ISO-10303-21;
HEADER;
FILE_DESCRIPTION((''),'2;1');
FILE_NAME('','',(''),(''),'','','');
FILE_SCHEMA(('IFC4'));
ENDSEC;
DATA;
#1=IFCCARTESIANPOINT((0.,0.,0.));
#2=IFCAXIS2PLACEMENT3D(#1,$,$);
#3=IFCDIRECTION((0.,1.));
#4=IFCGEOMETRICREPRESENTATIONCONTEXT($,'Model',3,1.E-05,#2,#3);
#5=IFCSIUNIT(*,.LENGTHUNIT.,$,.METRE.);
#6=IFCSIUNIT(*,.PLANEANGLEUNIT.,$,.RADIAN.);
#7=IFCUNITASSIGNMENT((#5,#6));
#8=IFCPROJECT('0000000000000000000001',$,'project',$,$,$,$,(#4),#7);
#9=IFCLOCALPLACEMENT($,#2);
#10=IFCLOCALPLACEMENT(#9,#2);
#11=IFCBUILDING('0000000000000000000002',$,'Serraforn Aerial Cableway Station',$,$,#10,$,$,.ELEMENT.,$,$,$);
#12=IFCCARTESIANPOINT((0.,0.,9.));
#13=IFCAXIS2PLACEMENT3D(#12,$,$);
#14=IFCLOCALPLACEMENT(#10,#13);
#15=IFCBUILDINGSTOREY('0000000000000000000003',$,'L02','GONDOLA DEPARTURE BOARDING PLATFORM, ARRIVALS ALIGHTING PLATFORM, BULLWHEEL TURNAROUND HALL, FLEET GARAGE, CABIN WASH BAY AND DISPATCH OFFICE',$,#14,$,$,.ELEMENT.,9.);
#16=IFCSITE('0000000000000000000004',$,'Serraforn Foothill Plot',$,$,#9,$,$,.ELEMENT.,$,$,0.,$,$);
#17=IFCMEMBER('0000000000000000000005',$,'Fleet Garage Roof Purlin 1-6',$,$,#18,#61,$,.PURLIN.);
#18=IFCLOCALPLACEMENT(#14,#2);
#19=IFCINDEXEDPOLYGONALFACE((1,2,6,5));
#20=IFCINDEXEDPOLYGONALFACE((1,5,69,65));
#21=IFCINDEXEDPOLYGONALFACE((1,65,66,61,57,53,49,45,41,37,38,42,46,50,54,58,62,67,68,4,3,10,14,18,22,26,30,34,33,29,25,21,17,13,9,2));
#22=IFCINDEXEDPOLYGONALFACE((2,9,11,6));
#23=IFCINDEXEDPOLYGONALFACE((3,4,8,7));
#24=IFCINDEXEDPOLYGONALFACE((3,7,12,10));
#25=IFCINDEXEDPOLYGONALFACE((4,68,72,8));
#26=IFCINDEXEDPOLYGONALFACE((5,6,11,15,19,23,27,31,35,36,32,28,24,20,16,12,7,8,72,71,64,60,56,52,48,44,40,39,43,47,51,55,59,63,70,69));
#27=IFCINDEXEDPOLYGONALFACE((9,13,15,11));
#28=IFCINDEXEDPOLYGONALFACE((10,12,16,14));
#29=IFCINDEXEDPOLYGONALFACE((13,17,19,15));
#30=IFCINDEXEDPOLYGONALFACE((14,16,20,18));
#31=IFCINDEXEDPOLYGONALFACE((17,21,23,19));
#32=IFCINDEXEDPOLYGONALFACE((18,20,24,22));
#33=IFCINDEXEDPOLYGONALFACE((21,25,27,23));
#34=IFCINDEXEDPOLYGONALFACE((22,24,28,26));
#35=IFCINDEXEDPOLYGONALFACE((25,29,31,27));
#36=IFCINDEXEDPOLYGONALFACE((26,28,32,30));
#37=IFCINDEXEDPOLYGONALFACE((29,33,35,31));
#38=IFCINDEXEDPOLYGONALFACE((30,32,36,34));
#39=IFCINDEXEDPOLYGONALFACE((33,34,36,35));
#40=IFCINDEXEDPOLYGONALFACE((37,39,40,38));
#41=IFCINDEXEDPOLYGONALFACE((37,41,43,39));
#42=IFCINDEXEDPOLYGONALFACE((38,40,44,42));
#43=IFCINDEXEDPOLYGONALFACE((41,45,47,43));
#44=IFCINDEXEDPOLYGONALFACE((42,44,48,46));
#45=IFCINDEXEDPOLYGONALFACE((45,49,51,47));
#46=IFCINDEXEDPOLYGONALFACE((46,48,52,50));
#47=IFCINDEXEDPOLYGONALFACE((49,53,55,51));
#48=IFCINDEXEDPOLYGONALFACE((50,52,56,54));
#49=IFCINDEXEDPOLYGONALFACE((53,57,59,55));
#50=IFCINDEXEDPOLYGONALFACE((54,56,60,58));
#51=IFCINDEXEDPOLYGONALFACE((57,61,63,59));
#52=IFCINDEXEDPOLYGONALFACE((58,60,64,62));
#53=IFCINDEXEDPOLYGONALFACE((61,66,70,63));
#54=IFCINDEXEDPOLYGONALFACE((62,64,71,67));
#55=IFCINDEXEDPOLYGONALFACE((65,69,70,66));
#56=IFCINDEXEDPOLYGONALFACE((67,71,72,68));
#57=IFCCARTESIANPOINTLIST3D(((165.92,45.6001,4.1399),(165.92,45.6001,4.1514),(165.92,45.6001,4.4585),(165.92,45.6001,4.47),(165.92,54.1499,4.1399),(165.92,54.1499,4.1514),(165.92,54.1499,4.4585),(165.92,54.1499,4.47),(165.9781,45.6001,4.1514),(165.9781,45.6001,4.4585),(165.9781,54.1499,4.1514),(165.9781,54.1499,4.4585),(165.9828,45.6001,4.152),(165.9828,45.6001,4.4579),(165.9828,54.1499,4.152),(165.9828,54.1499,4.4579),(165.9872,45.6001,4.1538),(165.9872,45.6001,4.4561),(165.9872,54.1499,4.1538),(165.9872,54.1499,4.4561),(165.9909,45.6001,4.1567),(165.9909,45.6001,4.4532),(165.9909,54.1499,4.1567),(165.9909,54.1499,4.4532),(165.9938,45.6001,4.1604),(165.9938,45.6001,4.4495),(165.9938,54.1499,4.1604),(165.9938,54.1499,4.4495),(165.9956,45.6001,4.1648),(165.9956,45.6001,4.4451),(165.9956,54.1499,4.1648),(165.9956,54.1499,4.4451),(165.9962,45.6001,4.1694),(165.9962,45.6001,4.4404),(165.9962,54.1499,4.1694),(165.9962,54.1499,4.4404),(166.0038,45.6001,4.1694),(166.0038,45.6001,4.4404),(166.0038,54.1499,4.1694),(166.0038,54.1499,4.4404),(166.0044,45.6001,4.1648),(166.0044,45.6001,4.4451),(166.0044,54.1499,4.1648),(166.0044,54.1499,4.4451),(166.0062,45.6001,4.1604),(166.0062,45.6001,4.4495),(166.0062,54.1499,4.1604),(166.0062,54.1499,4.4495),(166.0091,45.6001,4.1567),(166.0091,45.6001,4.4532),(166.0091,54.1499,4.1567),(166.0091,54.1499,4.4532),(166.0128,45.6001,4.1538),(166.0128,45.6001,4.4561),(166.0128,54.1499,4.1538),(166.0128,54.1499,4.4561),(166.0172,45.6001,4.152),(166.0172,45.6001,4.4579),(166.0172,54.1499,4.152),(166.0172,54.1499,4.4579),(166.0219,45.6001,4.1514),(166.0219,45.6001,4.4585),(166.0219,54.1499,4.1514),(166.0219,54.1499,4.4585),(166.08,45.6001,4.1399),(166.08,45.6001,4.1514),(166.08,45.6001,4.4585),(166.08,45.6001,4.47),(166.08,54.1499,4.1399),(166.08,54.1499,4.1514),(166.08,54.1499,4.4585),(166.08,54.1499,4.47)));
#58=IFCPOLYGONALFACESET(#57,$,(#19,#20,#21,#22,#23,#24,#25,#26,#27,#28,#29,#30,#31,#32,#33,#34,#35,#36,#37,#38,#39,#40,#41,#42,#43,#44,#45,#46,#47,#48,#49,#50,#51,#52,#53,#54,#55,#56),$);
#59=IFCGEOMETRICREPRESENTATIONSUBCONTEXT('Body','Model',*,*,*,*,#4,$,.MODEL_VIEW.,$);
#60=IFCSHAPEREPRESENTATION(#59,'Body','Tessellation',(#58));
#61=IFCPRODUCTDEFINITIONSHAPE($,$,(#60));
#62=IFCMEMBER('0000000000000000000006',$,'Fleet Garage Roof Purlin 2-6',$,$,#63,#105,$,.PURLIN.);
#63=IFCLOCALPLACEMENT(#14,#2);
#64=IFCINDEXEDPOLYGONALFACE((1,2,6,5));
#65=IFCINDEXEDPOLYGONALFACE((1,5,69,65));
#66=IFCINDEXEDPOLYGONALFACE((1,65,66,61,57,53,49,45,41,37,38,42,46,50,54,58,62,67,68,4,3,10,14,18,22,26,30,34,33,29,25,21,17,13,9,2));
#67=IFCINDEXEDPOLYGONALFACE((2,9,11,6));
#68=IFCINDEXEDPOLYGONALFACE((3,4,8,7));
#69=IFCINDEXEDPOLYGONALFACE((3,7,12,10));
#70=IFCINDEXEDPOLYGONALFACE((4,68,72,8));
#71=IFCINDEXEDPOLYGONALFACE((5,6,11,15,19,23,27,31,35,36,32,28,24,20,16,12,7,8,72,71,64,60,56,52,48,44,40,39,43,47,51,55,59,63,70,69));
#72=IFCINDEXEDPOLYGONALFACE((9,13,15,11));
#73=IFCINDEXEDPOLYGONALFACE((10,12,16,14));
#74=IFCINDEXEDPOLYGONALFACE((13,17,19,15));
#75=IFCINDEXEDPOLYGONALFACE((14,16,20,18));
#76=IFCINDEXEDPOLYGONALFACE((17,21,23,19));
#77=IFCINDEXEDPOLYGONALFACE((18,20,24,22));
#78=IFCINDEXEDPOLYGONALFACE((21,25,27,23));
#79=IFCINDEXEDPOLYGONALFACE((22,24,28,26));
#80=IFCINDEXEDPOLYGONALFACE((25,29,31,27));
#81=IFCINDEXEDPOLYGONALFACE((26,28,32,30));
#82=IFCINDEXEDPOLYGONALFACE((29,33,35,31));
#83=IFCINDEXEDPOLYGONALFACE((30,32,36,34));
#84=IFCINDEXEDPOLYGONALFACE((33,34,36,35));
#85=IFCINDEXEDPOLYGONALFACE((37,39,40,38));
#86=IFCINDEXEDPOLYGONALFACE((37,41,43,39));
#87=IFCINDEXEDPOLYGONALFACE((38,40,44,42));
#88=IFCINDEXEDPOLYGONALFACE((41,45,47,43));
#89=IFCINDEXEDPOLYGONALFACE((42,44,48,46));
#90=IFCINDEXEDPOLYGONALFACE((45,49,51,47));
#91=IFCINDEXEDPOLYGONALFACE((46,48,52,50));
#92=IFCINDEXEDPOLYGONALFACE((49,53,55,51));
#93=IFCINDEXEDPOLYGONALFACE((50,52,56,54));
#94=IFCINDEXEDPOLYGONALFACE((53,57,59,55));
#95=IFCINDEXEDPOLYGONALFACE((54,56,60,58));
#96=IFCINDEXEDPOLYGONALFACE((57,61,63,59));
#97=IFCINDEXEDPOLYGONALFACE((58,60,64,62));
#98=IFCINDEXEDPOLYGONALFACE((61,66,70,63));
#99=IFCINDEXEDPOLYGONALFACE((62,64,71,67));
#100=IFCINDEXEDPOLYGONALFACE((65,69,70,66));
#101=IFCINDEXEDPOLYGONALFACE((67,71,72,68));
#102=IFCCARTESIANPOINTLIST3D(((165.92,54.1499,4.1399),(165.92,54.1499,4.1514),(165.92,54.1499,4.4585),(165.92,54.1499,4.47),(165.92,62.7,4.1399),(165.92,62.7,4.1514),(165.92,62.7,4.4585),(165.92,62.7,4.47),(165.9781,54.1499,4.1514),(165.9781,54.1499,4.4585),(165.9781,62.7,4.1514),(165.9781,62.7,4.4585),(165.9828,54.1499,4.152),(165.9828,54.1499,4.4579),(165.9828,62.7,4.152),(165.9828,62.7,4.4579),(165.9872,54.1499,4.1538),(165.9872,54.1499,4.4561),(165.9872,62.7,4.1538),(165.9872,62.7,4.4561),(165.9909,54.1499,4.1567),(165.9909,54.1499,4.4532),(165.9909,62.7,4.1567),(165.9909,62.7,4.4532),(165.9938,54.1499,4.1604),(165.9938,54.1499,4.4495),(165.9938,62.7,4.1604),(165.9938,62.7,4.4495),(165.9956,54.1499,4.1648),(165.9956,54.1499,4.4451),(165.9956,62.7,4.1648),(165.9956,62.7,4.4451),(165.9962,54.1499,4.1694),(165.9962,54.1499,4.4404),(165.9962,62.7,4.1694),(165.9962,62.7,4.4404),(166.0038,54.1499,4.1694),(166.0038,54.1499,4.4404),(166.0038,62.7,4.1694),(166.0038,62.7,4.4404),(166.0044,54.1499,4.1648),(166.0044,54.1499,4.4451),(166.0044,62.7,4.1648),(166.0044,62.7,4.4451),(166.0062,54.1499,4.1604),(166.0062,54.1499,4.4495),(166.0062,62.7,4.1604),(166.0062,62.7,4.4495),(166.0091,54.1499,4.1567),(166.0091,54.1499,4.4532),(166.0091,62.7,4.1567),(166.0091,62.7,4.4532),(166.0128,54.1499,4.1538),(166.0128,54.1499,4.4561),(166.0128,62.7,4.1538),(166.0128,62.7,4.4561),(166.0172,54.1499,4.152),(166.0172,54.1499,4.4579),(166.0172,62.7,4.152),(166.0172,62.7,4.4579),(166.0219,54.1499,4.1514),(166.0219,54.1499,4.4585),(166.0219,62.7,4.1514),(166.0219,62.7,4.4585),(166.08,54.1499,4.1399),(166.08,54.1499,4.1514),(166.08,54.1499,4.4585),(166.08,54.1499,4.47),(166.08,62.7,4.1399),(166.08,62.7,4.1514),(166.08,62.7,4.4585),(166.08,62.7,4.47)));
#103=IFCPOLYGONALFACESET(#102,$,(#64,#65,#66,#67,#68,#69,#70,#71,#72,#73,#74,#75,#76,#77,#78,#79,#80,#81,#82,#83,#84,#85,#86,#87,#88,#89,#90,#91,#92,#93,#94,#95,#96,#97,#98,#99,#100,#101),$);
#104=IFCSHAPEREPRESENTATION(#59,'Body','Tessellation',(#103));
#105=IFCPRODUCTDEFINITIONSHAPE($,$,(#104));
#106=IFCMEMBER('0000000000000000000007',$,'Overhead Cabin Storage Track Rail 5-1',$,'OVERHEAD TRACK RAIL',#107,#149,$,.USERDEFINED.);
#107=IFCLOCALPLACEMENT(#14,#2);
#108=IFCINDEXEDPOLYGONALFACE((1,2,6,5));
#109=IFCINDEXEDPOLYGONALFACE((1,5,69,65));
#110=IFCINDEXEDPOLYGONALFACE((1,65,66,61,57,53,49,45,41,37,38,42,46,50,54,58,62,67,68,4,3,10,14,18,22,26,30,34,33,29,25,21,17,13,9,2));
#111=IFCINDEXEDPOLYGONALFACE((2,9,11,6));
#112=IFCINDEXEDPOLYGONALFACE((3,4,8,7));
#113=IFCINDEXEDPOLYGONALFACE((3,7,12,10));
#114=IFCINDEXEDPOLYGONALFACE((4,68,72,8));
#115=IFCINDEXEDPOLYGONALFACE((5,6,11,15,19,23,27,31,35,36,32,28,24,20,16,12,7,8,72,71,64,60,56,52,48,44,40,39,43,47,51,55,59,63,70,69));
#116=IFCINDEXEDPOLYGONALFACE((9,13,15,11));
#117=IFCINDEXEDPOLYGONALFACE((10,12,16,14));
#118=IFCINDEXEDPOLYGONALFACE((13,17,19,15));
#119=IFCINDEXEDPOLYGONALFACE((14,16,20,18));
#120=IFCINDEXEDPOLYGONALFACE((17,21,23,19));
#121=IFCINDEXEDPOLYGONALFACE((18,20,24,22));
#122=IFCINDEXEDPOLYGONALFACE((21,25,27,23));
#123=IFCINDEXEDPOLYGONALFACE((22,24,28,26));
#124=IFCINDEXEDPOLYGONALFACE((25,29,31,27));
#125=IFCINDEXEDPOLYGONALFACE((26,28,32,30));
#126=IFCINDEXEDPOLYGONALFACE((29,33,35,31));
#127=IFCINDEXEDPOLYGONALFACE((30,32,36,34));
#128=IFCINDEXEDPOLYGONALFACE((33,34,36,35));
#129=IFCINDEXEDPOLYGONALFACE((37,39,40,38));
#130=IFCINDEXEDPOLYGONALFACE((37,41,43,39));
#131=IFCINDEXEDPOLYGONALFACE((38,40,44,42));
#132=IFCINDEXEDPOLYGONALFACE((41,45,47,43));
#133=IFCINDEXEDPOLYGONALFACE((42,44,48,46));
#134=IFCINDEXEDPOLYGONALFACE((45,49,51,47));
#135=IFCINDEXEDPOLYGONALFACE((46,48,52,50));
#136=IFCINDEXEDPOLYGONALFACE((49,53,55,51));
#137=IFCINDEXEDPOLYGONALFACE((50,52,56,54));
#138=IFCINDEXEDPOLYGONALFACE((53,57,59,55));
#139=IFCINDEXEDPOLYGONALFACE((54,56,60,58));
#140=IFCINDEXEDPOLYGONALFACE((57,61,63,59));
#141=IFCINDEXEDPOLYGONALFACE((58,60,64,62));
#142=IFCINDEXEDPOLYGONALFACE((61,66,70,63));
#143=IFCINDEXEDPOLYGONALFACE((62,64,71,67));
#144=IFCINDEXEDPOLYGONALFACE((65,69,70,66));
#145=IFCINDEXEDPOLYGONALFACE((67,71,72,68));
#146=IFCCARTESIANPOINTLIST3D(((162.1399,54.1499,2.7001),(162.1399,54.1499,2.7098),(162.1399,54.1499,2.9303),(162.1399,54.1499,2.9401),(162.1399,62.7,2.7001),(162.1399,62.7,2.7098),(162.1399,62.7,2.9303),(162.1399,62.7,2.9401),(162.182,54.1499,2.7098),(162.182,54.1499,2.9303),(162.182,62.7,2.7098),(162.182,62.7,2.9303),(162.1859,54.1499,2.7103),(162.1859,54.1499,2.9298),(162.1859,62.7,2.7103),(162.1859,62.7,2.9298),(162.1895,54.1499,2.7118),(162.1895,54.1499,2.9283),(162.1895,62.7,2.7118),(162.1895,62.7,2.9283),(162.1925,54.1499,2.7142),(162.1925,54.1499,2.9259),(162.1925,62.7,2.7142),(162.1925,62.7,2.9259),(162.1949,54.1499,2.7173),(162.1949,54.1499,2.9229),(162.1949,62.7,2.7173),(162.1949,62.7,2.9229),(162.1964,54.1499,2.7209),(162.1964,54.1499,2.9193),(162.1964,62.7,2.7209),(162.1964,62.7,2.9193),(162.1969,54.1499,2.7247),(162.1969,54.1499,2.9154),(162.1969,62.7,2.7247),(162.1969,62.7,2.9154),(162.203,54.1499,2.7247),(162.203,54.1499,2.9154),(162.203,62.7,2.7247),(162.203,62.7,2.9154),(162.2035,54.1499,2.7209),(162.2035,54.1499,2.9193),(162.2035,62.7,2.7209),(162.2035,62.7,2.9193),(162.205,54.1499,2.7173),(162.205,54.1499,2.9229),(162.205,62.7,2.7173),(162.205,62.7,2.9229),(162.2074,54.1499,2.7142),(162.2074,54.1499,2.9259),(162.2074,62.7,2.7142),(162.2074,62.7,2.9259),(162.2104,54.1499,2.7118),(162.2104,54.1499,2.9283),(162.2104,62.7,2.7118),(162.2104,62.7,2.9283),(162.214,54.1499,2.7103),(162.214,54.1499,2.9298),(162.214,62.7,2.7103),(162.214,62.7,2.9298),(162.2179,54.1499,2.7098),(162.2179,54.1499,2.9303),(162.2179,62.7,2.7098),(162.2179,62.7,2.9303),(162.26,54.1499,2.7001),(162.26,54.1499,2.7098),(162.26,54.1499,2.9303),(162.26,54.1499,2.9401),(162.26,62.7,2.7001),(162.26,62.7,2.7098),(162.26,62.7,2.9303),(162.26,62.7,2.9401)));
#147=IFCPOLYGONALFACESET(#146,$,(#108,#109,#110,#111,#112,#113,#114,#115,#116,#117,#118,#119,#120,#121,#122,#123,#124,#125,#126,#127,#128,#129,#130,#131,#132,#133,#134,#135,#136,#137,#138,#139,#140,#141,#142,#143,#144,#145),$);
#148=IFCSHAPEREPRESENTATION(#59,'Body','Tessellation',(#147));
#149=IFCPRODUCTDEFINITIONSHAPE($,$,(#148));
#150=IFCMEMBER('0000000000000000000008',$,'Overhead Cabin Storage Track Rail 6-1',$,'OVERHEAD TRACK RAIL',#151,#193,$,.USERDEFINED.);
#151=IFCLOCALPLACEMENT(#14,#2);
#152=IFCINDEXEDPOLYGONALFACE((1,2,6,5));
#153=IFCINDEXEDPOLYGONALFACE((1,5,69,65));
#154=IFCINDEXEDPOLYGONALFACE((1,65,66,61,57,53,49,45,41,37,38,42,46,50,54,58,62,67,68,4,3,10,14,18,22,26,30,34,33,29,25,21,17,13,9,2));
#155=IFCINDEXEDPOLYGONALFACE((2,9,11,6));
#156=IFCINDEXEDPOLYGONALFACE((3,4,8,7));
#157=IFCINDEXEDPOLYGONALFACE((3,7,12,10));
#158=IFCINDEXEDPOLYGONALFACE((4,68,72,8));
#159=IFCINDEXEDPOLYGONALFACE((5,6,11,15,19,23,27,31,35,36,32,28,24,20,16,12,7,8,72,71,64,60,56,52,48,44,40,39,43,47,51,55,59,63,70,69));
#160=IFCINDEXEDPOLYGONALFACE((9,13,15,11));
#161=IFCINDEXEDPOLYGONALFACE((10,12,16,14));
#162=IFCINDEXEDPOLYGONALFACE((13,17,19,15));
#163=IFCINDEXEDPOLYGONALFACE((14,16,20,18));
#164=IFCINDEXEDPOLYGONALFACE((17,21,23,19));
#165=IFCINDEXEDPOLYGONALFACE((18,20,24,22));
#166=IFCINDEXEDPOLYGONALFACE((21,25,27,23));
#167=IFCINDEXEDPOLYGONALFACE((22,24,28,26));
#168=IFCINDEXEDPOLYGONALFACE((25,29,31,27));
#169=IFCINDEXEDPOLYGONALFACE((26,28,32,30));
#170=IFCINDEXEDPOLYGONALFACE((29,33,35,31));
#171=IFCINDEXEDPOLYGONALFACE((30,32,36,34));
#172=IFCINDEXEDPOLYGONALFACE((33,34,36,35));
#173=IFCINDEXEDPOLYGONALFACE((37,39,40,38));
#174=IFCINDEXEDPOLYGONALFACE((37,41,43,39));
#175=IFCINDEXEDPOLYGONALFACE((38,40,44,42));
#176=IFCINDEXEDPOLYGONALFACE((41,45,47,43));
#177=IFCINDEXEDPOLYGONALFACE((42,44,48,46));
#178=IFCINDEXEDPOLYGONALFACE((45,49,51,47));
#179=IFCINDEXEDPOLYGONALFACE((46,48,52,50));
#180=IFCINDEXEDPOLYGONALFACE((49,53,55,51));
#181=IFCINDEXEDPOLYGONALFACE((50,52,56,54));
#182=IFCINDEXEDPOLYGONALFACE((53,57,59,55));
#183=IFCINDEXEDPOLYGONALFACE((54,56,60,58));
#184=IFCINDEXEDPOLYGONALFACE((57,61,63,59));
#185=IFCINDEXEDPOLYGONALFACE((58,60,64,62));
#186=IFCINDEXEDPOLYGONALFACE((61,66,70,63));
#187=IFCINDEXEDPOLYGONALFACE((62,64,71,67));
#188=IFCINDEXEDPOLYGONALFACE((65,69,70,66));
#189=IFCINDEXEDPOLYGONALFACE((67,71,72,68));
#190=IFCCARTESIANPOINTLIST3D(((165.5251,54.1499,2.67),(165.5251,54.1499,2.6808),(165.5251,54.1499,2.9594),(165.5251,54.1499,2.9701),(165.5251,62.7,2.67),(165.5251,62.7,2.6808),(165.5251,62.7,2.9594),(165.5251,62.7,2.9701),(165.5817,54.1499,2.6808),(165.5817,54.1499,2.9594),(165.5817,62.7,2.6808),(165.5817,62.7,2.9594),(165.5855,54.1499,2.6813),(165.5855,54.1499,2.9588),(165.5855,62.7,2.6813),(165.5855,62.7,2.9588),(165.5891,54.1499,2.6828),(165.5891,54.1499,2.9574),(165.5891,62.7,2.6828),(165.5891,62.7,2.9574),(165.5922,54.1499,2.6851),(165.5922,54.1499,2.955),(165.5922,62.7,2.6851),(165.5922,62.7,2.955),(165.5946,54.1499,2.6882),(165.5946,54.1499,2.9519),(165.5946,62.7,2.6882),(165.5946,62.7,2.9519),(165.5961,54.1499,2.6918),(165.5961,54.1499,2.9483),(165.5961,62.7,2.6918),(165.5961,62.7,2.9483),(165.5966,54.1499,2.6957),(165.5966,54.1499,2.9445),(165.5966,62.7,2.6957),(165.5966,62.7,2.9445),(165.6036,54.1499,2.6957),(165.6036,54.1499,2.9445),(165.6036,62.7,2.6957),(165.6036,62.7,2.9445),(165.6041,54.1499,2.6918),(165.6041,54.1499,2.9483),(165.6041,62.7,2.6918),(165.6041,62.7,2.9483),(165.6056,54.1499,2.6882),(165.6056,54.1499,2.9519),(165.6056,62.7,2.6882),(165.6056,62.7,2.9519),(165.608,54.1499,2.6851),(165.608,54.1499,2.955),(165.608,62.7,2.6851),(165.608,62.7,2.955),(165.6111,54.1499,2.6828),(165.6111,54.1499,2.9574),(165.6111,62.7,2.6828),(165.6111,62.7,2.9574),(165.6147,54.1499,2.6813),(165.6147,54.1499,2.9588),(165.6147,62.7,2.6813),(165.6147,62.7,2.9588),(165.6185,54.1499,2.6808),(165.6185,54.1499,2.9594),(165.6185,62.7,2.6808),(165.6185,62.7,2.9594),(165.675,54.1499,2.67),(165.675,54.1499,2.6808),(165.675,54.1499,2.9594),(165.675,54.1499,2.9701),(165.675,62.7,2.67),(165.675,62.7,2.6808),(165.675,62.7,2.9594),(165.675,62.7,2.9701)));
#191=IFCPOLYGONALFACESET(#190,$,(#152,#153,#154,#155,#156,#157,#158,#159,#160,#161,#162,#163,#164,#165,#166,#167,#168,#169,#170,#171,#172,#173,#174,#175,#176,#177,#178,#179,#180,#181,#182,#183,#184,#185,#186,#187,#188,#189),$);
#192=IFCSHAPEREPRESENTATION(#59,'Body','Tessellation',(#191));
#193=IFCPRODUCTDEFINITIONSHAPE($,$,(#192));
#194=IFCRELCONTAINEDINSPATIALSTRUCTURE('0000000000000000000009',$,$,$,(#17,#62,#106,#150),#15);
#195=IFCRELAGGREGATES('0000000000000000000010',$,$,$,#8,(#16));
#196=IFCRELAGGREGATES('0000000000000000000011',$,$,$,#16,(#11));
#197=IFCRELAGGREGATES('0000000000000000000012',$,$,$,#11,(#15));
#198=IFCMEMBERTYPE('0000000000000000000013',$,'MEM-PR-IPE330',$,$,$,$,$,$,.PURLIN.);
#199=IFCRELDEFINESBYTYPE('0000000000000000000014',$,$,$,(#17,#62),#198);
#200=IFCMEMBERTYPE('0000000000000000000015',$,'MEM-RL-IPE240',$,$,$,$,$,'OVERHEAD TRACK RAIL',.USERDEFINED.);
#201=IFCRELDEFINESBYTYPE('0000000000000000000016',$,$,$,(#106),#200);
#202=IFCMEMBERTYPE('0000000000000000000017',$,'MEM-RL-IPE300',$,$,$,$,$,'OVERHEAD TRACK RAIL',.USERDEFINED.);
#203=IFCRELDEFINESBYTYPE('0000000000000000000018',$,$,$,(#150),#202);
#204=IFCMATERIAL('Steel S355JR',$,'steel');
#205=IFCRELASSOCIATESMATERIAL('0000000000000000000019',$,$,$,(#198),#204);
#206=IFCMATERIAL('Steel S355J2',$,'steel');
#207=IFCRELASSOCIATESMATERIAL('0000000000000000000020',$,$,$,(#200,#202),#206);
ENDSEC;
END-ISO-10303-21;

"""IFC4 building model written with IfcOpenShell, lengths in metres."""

from ifc_helpers import new_model, si_unit, direction, frame, origin, origin_2d, place, context, subcontext, project, spatial, i_section, extrude, material, material_profile, profile_set, type_object, element, save


model = new_model("IFC4")

# Units and contexts
model_context = context("Model", 3, precision=1e-05, world=origin(), true_north=direction((0.0, 1.0)))
body_context = subcontext(model_context, "Body", "Model", "MODEL_VIEW")
ifc_project = project(units=[si_unit("LENGTHUNIT", "METRE"), si_unit("PLANEANGLEUNIT", "RADIAN")], contexts=[model_context])

# Site, building, storey
site_placement = place(None, origin())
site = spatial("IfcSite", under=ifc_project, at=site_placement, Name="Serraforn Foothill Plot", CompositionType="ELEMENT", RefElevation=0.0)
building_placement = place(site_placement, origin())
building = spatial("IfcBuilding", under=site, at=building_placement, Name="Serraforn Aerial Cableway Station", CompositionType="ELEMENT")
storey_placement = place(building_placement, frame((0.0, 0.0, 9.0)))
storey = spatial("IfcBuildingStorey", under=building, at=storey_placement, Name="L02", Description="GONDOLA DEPARTURE BOARDING PLATFORM, ARRIVALS ALIGHTING PLATFORM, BULLWHEEL TURNAROUND HALL, FLEET GARAGE, CABIN WASH BAY AND DISPATCH OFFICE", CompositionType="ELEMENT", Elevation=9.0)

# Shared definitions
ifc_material_1 = material(Name="Steel S355J2", Category="steel")

# Members
ifc_material_2 = material(Name="Steel S355JR", Category="steel")
ifc_material_profile_1 = material_profile(ifc_material_2, i_section(OverallWidth=0.1599, OverallDepth=0.3301, WebThickness=0.0076, FlangeThickness=0.0115, FilletRadius=0.0181, at=origin_2d()), Name="IPE 330")
ifc_profile_set_1 = profile_set([ifc_material_profile_1], Name="Steel S355JR")
member_type_1 = type_object("IfcMemberType", Name="MEM-PR-IPE330", PredefinedType="PURLIN", material=ifc_profile_set_1)
member_1_placement = place(storey_placement, frame((166.0, 45.6001, 4.3049), z_axis=(0.0, 1.0, 0.0), x_axis=(-1.0, 0.0, 0.0)))
element("IfcMember", 1, at=member_1_placement, inside=storey, type_object=member_type_1, Name="Fleet Garage Roof Purlin 1-6", PredefinedType="PURLIN", context=body_context, shape_type="SweptSolid", body=[
    extrude(i_section(OverallWidth=0.1599, OverallDepth=0.3301, WebThickness=0.0076, FlangeThickness=0.0115, FilletRadius=0.0181, at=origin_2d()), origin(), (0.0, 0.0, 1.0), 8.5498),
])
member_2_placement = place(storey_placement, frame((166.0, 54.1499, 4.3049), z_axis=(0.0, 1.0, 0.0), x_axis=(-1.0, 0.0, 0.0)))
element("IfcMember", 2, at=member_2_placement, inside=storey, type_object=member_type_1, Name="Fleet Garage Roof Purlin 2-6", PredefinedType="PURLIN", context=body_context, shape_type="SweptSolid", body=[
    extrude(i_section(OverallWidth=0.1599, OverallDepth=0.3301, WebThickness=0.0076, FlangeThickness=0.0115, FilletRadius=0.0181, at=origin_2d()), origin(), (0.0, 0.0, 1.0), 8.55),
])
ifc_material_profile_2 = material_profile(ifc_material_1, i_section(OverallWidth=0.1201, OverallDepth=0.24, WebThickness=0.0061, FlangeThickness=0.0098, FilletRadius=0.0149, at=origin_2d()), Name="IPE 240")
ifc_profile_set_2 = profile_set([ifc_material_profile_2], Name="Steel S355J2")
member_type_2 = type_object("IfcMemberType", Name="MEM-RL-IPE240", ElementType="OVERHEAD TRACK RAIL", PredefinedType="USERDEFINED", material=ifc_profile_set_2)
member_3_placement = place(storey_placement, frame((162.2, 54.1499, 2.8201), z_axis=(0.0, 1.0, 0.0), x_axis=(-1.0, 0.0, 0.0)))
element("IfcMember", 3, at=member_3_placement, inside=storey, type_object=member_type_2, Name="Overhead Cabin Storage Track Rail 5-1", ObjectType="OVERHEAD TRACK RAIL", PredefinedType="USERDEFINED", context=body_context, shape_type="SweptSolid", body=[
    extrude(i_section(OverallWidth=0.1201, OverallDepth=0.24, WebThickness=0.0061, FlangeThickness=0.0098, FilletRadius=0.0149, at=origin_2d()), origin(), (0.0, 0.0, 1.0), 8.55),
])
ifc_material_profile_3 = material_profile(ifc_material_1, i_section(OverallWidth=0.1499, OverallDepth=0.3, WebThickness=0.0071, FlangeThickness=0.0107, FilletRadius=0.0149, at=origin_2d()), Name="IPE 300")
ifc_profile_set_3 = profile_set([ifc_material_profile_3], Name="Steel S355J2")
member_type_3 = type_object("IfcMemberType", Name="MEM-RL-IPE300", ElementType="OVERHEAD TRACK RAIL", PredefinedType="USERDEFINED", material=ifc_profile_set_3)
member_4_placement = place(storey_placement, frame((165.6001, 54.1499, 2.8201), z_axis=(0.0, 1.0, 0.0), x_axis=(-1.0, 0.0, 0.0)))
element("IfcMember", 4, at=member_4_placement, inside=storey, type_object=member_type_3, Name="Overhead Cabin Storage Track Rail 6-1", ObjectType="OVERHEAD TRACK RAIL", PredefinedType="USERDEFINED", context=body_context, shape_type="SweptSolid", body=[
    extrude(i_section(OverallWidth=0.1499, OverallDepth=0.3, WebThickness=0.0071, FlangeThickness=0.0107, FilletRadius=0.0149, at=origin_2d()), origin(), (0.0, 0.0, 1.0), 8.55),
])

save(model, "model.ifc")
